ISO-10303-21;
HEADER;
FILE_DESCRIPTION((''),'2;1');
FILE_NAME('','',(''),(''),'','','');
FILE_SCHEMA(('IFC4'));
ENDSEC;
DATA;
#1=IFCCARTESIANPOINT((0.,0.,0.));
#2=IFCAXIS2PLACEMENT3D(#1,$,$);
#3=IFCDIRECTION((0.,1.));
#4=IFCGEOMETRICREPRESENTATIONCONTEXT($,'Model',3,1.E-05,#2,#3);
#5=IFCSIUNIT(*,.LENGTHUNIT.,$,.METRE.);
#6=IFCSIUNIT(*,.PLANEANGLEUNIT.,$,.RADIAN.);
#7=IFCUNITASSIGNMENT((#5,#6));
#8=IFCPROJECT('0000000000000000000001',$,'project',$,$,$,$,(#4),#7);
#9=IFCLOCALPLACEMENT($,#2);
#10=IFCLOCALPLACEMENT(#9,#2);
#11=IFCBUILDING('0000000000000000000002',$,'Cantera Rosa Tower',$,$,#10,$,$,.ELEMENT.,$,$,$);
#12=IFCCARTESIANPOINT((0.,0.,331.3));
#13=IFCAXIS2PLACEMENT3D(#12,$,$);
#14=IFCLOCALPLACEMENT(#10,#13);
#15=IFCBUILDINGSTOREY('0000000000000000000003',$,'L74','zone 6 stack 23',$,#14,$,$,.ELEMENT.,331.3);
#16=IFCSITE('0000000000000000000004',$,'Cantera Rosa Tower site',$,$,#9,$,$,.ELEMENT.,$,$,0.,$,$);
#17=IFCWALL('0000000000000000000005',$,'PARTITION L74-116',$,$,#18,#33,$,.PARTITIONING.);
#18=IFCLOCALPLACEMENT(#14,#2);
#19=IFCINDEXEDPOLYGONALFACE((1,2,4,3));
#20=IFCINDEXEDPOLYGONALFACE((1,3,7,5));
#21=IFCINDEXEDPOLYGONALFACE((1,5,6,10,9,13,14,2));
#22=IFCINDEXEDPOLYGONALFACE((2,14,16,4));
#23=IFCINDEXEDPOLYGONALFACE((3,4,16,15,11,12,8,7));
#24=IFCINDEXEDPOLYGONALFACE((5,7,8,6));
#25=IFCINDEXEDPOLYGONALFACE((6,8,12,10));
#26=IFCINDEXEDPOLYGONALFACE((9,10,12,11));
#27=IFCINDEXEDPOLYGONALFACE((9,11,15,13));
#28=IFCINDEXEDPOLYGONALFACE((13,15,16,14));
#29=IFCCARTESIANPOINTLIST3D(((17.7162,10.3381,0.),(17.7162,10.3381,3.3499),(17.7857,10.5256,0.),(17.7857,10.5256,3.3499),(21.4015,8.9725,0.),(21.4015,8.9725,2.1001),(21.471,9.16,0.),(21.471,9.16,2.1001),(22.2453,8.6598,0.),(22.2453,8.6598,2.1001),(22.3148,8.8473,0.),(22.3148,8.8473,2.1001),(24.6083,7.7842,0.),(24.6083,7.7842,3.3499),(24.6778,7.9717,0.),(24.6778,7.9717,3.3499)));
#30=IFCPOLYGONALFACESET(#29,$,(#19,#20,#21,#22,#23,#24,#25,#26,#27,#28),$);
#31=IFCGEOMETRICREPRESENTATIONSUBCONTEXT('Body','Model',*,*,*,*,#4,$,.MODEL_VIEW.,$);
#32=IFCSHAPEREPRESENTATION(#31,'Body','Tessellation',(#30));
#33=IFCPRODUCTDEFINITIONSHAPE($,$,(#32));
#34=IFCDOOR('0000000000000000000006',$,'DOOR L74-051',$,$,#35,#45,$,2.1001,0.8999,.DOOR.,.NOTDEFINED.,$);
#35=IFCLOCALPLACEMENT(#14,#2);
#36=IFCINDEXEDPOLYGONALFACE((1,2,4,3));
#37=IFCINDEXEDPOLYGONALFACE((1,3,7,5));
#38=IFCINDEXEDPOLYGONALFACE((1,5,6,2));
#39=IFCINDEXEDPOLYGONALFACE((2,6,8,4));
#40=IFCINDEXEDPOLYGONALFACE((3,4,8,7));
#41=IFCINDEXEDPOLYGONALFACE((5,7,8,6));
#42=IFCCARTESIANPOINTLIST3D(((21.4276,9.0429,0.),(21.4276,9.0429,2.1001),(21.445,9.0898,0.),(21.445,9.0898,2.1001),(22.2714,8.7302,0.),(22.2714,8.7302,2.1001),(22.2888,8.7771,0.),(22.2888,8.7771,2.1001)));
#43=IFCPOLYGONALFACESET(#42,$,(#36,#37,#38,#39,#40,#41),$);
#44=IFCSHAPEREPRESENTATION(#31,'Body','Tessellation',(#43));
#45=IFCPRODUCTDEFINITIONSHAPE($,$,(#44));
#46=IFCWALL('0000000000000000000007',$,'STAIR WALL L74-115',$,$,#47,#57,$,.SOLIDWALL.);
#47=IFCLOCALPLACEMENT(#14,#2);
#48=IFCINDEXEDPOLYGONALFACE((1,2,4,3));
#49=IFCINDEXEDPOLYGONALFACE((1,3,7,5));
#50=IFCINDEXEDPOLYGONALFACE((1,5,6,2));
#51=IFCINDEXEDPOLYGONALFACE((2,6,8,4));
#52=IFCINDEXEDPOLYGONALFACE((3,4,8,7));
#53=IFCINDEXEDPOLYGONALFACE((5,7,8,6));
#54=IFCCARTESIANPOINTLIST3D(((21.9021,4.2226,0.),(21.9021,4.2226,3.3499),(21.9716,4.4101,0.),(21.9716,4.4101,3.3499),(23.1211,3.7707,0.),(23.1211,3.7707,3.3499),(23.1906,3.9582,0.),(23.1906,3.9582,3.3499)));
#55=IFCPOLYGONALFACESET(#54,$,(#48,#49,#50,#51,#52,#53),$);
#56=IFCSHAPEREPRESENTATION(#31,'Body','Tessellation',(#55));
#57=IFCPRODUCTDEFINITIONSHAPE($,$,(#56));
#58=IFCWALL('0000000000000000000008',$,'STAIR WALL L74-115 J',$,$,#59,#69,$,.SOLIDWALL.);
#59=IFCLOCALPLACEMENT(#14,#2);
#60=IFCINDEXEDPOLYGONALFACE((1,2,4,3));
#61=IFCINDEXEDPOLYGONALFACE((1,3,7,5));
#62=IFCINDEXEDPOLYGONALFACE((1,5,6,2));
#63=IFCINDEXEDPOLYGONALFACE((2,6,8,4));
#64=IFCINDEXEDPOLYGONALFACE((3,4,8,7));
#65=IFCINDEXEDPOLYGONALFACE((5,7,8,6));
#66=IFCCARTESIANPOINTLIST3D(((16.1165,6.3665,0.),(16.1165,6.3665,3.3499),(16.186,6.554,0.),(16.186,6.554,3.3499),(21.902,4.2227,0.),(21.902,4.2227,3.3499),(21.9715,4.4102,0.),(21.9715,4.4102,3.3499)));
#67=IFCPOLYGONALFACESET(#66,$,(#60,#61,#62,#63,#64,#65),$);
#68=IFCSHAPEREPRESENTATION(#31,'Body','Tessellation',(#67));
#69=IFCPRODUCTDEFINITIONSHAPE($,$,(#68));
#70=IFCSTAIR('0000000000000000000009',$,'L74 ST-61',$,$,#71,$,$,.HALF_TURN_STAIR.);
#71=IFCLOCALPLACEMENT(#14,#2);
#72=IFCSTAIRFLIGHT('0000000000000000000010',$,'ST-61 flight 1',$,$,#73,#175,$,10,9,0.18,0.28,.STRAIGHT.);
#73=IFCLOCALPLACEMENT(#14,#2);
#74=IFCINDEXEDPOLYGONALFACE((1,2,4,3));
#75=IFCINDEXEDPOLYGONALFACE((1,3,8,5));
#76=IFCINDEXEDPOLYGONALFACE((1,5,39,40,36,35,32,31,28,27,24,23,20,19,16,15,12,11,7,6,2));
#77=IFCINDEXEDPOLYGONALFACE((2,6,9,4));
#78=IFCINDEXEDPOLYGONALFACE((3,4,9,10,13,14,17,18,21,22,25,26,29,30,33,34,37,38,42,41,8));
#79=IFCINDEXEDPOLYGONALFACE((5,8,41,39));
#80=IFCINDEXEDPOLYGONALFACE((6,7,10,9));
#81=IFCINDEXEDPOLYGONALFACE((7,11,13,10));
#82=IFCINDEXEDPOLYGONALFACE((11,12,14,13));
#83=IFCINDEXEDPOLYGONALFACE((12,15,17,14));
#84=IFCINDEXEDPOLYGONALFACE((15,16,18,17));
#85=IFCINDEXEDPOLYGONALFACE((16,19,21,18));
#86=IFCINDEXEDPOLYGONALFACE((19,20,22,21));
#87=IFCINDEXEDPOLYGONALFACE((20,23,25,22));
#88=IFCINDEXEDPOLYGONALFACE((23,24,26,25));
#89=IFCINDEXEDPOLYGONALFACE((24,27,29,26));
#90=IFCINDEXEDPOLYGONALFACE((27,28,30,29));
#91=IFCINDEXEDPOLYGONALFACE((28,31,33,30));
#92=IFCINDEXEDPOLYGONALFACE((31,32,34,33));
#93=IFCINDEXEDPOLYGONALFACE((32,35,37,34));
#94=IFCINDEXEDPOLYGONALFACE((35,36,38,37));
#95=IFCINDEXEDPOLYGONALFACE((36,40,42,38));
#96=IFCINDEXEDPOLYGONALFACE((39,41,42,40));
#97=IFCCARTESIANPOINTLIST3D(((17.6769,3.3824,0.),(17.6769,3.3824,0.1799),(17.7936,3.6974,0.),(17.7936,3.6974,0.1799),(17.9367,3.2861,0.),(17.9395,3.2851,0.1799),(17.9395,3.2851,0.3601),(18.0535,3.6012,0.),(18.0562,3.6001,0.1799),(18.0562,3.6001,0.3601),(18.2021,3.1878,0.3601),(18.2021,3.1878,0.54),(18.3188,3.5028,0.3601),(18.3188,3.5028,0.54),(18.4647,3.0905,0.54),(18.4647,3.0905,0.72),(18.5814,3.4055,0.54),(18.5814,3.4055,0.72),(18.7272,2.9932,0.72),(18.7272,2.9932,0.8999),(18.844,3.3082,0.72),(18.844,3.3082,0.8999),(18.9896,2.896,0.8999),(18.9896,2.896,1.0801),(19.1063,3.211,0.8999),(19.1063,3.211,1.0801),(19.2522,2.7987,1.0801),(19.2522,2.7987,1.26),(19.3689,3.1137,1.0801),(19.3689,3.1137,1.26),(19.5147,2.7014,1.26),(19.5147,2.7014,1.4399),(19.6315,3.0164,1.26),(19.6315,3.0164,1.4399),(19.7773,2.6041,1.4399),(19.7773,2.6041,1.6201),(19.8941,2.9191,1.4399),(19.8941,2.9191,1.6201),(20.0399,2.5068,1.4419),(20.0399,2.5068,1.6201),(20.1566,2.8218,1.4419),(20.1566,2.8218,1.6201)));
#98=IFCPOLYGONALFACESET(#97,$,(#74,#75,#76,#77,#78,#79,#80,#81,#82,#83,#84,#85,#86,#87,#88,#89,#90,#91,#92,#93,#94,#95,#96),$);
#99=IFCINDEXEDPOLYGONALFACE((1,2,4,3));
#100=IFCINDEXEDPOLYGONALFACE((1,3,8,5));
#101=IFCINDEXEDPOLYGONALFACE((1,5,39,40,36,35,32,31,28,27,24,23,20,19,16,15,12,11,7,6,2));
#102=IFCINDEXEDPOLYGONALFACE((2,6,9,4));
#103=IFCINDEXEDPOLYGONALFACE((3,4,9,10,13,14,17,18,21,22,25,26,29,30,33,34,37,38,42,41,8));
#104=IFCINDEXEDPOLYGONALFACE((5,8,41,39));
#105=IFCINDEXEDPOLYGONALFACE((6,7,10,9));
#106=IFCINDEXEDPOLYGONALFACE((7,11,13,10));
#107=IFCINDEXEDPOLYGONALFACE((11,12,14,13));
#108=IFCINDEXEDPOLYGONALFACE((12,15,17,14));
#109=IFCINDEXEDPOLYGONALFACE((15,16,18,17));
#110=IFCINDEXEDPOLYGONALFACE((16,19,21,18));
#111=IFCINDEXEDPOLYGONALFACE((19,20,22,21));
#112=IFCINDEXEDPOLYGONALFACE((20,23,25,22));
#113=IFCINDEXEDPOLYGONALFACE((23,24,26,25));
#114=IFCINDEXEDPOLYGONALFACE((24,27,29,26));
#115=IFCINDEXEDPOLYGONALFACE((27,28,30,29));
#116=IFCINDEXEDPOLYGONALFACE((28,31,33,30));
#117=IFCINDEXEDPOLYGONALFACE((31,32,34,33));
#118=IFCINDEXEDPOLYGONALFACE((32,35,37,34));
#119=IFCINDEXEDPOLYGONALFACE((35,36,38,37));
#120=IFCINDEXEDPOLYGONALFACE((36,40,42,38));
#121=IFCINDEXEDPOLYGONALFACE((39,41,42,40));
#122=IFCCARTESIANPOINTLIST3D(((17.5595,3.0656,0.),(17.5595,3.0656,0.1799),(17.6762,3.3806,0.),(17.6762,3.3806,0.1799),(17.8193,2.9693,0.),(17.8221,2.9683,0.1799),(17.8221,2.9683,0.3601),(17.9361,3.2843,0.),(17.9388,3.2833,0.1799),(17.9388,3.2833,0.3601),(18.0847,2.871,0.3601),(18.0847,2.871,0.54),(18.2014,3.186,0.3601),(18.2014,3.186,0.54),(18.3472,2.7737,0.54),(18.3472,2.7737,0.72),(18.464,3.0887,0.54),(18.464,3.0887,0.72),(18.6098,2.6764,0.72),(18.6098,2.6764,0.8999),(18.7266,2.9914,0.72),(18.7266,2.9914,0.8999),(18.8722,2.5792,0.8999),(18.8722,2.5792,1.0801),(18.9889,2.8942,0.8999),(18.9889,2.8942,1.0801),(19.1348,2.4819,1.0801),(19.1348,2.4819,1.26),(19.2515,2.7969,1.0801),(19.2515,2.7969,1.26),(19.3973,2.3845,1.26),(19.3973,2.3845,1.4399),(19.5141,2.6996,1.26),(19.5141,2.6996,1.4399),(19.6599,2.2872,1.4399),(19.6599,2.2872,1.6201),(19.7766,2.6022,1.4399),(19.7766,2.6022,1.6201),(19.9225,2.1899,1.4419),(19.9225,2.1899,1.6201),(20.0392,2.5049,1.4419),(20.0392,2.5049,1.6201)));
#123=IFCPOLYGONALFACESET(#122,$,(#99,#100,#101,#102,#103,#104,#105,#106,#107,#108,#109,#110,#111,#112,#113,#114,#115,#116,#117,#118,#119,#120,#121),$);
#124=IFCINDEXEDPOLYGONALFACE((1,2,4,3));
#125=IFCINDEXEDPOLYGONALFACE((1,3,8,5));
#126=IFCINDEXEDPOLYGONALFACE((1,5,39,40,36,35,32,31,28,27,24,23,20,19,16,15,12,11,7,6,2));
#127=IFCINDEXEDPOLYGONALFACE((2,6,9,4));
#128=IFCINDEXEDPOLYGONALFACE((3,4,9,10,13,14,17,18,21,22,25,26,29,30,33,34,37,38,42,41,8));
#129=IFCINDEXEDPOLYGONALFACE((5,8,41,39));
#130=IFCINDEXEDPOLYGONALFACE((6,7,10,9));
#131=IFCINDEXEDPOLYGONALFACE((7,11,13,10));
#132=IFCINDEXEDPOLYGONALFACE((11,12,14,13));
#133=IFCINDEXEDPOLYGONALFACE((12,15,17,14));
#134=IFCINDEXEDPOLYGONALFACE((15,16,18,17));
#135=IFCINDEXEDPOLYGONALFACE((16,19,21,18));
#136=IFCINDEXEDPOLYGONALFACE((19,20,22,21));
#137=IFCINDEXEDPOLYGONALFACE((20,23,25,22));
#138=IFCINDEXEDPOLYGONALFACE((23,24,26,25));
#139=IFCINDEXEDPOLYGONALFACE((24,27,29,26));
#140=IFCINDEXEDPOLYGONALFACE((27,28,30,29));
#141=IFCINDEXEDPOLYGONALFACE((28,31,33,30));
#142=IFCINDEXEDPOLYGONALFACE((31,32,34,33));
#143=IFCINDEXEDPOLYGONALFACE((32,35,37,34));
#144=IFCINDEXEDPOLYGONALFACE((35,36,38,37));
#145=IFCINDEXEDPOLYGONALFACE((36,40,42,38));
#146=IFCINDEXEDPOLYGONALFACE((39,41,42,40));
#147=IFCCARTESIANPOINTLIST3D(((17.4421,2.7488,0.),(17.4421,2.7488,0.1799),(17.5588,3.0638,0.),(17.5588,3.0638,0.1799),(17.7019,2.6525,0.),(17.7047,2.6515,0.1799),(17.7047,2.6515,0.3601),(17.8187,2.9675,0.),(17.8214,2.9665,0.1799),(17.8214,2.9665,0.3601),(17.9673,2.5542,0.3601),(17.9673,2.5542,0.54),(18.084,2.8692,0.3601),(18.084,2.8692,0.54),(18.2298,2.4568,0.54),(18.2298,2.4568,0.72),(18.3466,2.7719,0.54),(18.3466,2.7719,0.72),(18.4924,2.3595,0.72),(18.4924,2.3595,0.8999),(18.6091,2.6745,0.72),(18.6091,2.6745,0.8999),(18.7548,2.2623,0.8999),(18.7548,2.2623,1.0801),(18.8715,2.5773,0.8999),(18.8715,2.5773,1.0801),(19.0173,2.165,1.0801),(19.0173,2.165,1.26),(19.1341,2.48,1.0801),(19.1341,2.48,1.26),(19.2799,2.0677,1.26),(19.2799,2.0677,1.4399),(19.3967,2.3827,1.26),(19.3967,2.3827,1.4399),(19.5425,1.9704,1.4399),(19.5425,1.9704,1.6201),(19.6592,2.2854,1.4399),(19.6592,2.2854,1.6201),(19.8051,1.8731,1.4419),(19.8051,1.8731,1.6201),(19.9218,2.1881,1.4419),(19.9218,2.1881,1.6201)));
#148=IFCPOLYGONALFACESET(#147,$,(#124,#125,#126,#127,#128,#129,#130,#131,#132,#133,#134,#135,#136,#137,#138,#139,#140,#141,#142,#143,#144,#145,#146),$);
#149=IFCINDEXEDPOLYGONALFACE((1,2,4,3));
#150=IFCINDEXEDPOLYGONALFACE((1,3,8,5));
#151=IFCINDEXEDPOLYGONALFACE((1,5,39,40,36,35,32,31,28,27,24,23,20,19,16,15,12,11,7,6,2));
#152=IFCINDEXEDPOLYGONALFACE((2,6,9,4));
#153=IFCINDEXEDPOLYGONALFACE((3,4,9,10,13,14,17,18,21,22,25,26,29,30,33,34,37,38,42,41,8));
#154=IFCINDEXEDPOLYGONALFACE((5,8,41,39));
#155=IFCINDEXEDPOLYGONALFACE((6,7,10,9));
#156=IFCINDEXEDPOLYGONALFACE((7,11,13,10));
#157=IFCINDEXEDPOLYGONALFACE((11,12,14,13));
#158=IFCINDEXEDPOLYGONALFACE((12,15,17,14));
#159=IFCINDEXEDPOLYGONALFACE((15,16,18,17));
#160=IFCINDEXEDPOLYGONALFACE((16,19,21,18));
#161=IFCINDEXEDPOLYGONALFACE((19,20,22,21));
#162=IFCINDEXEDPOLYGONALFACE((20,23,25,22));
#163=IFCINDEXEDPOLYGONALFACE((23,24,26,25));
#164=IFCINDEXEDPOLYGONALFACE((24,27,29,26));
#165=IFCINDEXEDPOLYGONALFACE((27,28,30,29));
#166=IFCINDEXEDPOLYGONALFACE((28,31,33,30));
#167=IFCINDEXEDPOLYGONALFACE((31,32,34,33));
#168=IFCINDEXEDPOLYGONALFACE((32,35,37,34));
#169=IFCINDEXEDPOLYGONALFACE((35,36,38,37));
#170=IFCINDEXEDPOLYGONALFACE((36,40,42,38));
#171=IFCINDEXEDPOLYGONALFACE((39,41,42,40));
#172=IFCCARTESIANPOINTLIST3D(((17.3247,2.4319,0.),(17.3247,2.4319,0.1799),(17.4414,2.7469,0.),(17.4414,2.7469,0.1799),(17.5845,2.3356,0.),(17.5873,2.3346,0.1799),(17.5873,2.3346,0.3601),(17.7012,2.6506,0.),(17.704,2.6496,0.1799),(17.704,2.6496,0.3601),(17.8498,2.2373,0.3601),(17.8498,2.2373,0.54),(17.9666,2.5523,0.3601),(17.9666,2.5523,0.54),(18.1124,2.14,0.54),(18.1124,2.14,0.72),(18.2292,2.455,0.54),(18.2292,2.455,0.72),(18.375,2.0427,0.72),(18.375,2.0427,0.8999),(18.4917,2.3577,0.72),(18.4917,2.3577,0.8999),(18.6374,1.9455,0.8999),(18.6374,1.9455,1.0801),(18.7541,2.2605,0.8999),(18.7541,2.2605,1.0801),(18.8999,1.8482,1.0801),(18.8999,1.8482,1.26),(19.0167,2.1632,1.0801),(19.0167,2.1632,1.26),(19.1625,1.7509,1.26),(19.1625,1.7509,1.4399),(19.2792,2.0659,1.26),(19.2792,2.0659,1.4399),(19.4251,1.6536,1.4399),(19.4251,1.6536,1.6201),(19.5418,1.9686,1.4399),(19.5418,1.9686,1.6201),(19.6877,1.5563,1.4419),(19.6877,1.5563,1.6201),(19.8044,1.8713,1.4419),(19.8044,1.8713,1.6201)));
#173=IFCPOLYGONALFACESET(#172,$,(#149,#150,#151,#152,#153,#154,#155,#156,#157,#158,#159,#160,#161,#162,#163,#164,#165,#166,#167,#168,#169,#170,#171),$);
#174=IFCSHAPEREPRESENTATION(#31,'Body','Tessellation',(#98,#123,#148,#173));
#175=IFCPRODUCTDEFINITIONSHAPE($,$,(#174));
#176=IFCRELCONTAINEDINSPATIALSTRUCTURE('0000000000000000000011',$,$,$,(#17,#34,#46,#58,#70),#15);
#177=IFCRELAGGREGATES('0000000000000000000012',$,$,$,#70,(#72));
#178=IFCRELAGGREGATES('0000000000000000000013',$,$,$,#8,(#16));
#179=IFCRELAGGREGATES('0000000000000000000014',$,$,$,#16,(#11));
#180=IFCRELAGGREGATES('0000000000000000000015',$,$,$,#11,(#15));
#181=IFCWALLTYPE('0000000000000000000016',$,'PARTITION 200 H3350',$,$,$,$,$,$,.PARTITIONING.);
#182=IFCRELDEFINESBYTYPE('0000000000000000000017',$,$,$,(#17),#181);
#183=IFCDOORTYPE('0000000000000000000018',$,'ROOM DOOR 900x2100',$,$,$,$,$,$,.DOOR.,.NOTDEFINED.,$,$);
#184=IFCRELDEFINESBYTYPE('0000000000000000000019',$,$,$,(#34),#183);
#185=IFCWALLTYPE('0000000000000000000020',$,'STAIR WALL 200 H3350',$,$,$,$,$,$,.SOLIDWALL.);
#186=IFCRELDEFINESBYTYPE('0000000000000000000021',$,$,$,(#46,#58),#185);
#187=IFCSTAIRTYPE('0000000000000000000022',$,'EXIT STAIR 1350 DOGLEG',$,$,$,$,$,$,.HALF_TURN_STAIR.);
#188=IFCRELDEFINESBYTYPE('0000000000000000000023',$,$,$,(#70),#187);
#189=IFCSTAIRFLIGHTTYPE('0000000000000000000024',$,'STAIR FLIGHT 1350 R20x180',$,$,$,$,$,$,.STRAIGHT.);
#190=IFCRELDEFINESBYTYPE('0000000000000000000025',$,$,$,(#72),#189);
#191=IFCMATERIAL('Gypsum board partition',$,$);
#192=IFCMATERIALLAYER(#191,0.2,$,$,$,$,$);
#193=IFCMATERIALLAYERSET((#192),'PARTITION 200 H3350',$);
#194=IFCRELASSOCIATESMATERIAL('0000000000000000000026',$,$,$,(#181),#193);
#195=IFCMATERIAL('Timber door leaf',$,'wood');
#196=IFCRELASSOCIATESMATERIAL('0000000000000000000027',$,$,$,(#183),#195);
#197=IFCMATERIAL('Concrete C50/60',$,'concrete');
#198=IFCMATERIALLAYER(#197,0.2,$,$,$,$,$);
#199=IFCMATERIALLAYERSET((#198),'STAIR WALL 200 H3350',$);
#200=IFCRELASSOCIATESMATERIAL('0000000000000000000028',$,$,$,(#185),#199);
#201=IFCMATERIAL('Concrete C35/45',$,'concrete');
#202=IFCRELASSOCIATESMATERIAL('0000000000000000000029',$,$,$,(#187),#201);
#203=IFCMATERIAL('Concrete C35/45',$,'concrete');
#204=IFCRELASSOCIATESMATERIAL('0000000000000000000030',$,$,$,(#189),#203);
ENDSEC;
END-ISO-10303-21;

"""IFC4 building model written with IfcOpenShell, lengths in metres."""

from ifc_helpers import new_model, si_unit, direction, frame, frame_2d, origin, place, context, subcontext, project, spatial, polyline, rectangle, outline, extrude, material, layer, layer_set, type_object, element, fill, aggregate, save


model = new_model("IFC4")

# Units and contexts
model_context = context("Model", 3, precision=1e-05, world=origin(), true_north=direction((0.0, 1.0)))
body_context = subcontext(model_context, "Body", "Model", "MODEL_VIEW")
ifc_project = project(units=[si_unit("LENGTHUNIT", "METRE"), si_unit("PLANEANGLEUNIT", "RADIAN")], contexts=[model_context])

# Site, building, storey
site_placement = place(None, origin())
site = spatial("IfcSite", under=ifc_project, at=site_placement, Name="Cantera Rosa Tower site", CompositionType="ELEMENT", RefElevation=0.0)
building_placement = place(site_placement, origin())
building = spatial("IfcBuilding", under=site, at=building_placement, Name="Cantera Rosa Tower", CompositionType="ELEMENT")
storey_placement = place(building_placement, frame((0.0, 0.0, 331.3)))
storey = spatial("IfcBuildingStorey", under=building, at=storey_placement, Name="L74", Description="zone 6 stack 23", CompositionType="ELEMENT", Elevation=331.3)

# Shared definitions
ifc_material_1 = material(Name="Gypsum board partition")
ifc_layer_1 = layer(ifc_material_1, 0.2)
ifc_layer_set_1 = layer_set([ifc_layer_1], Name="PARTITION 200 H3350")
wall_type_1 = type_object("IfcWallType", Name="PARTITION 200 H3350", PredefinedType="PARTITIONING", material=ifc_layer_set_1)

# Wall, opening, door
wall_1_placement = place(storey_placement, frame((24.6431, 7.8779, 0.0), z_axis=(0.0, 0.0, 1.0), x_axis=(-0.93769, 0.347473, 0.0)))
wall_1 = element("IfcWall", 1, at=wall_1_placement, inside=storey, type_object=wall_type_1, Name="PARTITION L74-116", PredefinedType="PARTITIONING", context=body_context, shape_type="SweptSolid", body=[
    extrude(rectangle(XDim=7.3501, YDim=0.2, at=frame_2d((3.675, 0.0))), origin(), (0.0, 0.0, 1.0), 3.3499),
])
opening_1_placement = place(wall_1_placement, frame((2.52, 0.0, 0.0)))
opening_1 = element("IfcOpeningElement", 2, at=opening_1_placement, cuts=wall_1, PredefinedType="OPENING", context=body_context, shape_type="SweptSolid", body=[
    extrude(rectangle(XDim=0.8999, YDim=2.1001, at=frame_2d((0.45, 1.05))), frame((0.0, 0.1099, 0.0), z_axis=(0.0, -1.0, 0.0), x_axis=(1.0, 0.0, 0.0)), (0.0, 0.0, 1.0), 0.22),
])
ifc_material_2 = material(Name="Timber door leaf", Category="wood")
door_type_1 = type_object("IfcDoorType", Name="ROOM DOOR 900x2100", OperationType="NOTDEFINED", PredefinedType="DOOR", material=ifc_material_2)
door_1_placement = place(opening_1_placement, origin())
door_1 = element("IfcDoor", 3, at=door_1_placement, inside=storey, type_object=door_type_1, Name="DOOR L74-051", OperationType="NOTDEFINED", OverallHeight=2.1001, OverallWidth=0.8999, PredefinedType="DOOR", context=body_context, shape_type="SweptSolid", body=[
    extrude(rectangle(XDim=0.8999, YDim=2.1001, at=frame_2d((0.45, 1.05))), frame((0.0, 0.0249, 0.0), z_axis=(0.0, -1.0, 0.0), x_axis=(1.0, 0.0, 0.0)), (0.0, 0.0, 1.0), 0.05),
])
fill(opening_1, door_1)

# Walls
ifc_material_3 = material(Name="Concrete C50/60", Category="concrete")
ifc_layer_2 = layer(ifc_material_3, 0.2)
ifc_layer_set_2 = layer_set([ifc_layer_2], Name="STAIR WALL 200 H3350")
wall_type_2 = type_object("IfcWallType", Name="STAIR WALL 200 H3350", PredefinedType="SOLIDWALL", material=ifc_layer_set_2)
wall_2_placement = place(storey_placement, frame((23.1558, 3.8645, 0.0), z_axis=(0.0, 0.0, 1.0), x_axis=(-0.937642, 0.347602, 0.0)))
element("IfcWall", 4, at=wall_2_placement, inside=storey, type_object=wall_type_2, Name="STAIR WALL L74-115", PredefinedType="SOLIDWALL", context=body_context, shape_type="SweptSolid", body=[
    extrude(rectangle(XDim=1.3, YDim=0.2, at=frame_2d((0.6499, 0.0))), origin(), (0.0, 0.0, 1.0), 3.3499),
])
wall_3_placement = place(storey_placement, frame((21.9368, 4.3164, 0.0), z_axis=(0.0, 0.0, 1.0), x_axis=(-0.937693, 0.347465, 0.0)))
element("IfcWall", 5, at=wall_3_placement, inside=storey, type_object=wall_type_2, Name="STAIR WALL L74-115 J", PredefinedType="SOLIDWALL", context=body_context, shape_type="SweptSolid", body=[
    extrude(rectangle(XDim=6.1699, YDim=0.2, at=frame_2d((3.085, 0.0))), origin(), (0.0, 0.0, 1.0), 3.3499),
])

# Stair, stair flight
ifc_material_4 = material(Name="Concrete C35/45", Category="concrete")
stair_type = type_object("IfcStairType", Name="EXIT STAIR 1350 DOGLEG", PredefinedType="HALF_TURN_STAIR", material=ifc_material_4)
stair_placement = place(storey_placement, origin())
stair = element("IfcStair", 6, at=stair_placement, inside=storey, type_object=stair_type, Name="L74 ST-61", PredefinedType="HALF_TURN_STAIR")
ifc_material_5 = material(Name="Concrete C35/45", Category="concrete")
stair_flight_type = type_object("IfcStairFlightType", Name="STAIR FLIGHT 1350 R20x180", PredefinedType="STRAIGHT", material=ifc_material_5)
stair_flight_1_placement = place(storey_placement, frame((17.5591, 3.0645, 0.0), z_axis=(0.0, 0.0, 1.0), x_axis=(0.937687, -0.347481, 0.0)))
stair_flight_1 = element("IfcStairFlight", 7, at=stair_flight_1_placement, type_object=stair_flight_type, Name="ST-61 flight 1", NumberOfRisers=10, NumberOfTreads=9, PredefinedType="STRAIGHT", RiserHeight=0.18, TreadLength=0.28, context=body_context, shape_type="SweptSolid", body=[
    extrude(outline(polyline([(0.0, 0.0), (0.0, 0.1799), (0.28, 0.1799), (0.28, 0.3601), (0.5601, 0.3601), (0.5601, 0.54), (0.8401, 0.54), (0.8401, 0.72), (1.1201, 0.72), (1.1201, 0.8999), (1.3999, 0.8999), (1.3999, 1.0801), (1.6799, 1.0801), (1.6799, 1.26), (1.96, 1.26), (1.96, 1.4399), (2.24, 1.4399), (2.24, 1.6201), (2.52, 1.6201), (2.52, 1.8), (2.52, 1.4419), (0.2771, 0.0), (0.0, 0.0)])), frame((0.0, 0.675, 0.0), z_axis=(0.0, -1.0, 0.0), x_axis=(1.0, 0.0, 0.0)), (0.0, 0.0, 1.0), 0.3359),
    extrude(outline(polyline([(0.0, 0.0), (0.0, 0.1799), (0.28, 0.1799), (0.28, 0.3601), (0.5601, 0.3601), (0.5601, 0.54), (0.8401, 0.54), (0.8401, 0.72), (1.1201, 0.72), (1.1201, 0.8999), (1.3999, 0.8999), (1.3999, 1.0801), (1.6799, 1.0801), (1.6799, 1.26), (1.96, 1.26), (1.96, 1.4399), (2.24, 1.4399), (2.24, 1.6201), (2.52, 1.6201), (2.52, 1.8), (2.52, 1.4419), (0.2771, 0.0), (0.0, 0.0)])), frame((0.0, 0.3372, 0.0), z_axis=(0.0, -1.0, 0.0), x_axis=(1.0, 0.0, 0.0)), (0.0, 0.0, 1.0), 0.3359),
    extrude(outline(polyline([(0.0, 0.0), (0.0, 0.1799), (0.28, 0.1799), (0.28, 0.3601), (0.5601, 0.3601), (0.5601, 0.54), (0.8401, 0.54), (0.8401, 0.72), (1.1201, 0.72), (1.1201, 0.8999), (1.3999, 0.8999), (1.3999, 1.0801), (1.6799, 1.0801), (1.6799, 1.26), (1.96, 1.26), (1.96, 1.4399), (2.24, 1.4399), (2.24, 1.6201), (2.52, 1.6201), (2.52, 1.8), (2.52, 1.4419), (0.2771, 0.0), (0.0, 0.0)])), frame((0.0, -0.0007, 0.0), z_axis=(0.0, -1.0, 0.0), x_axis=(1.0, 0.0, 0.0)), (0.0, 0.0, 1.0), 0.3359),
    extrude(outline(polyline([(0.0, 0.0), (0.0, 0.1799), (0.28, 0.1799), (0.28, 0.3601), (0.5601, 0.3601), (0.5601, 0.54), (0.8401, 0.54), (0.8401, 0.72), (1.1201, 0.72), (1.1201, 0.8999), (1.3999, 0.8999), (1.3999, 1.0801), (1.6799, 1.0801), (1.6799, 1.26), (1.96, 1.26), (1.96, 1.4399), (2.24, 1.4399), (2.24, 1.6201), (2.52, 1.6201), (2.52, 1.8), (2.52, 1.4419), (0.2771, 0.0), (0.0, 0.0)])), frame((0.0, -0.3386, 0.0), z_axis=(0.0, -1.0, 0.0), x_axis=(1.0, 0.0, 0.0)), (0.0, 0.0, 1.0), 0.3359),
])
aggregate(stair, [stair_flight_1])

save(model, "model.ifc")
